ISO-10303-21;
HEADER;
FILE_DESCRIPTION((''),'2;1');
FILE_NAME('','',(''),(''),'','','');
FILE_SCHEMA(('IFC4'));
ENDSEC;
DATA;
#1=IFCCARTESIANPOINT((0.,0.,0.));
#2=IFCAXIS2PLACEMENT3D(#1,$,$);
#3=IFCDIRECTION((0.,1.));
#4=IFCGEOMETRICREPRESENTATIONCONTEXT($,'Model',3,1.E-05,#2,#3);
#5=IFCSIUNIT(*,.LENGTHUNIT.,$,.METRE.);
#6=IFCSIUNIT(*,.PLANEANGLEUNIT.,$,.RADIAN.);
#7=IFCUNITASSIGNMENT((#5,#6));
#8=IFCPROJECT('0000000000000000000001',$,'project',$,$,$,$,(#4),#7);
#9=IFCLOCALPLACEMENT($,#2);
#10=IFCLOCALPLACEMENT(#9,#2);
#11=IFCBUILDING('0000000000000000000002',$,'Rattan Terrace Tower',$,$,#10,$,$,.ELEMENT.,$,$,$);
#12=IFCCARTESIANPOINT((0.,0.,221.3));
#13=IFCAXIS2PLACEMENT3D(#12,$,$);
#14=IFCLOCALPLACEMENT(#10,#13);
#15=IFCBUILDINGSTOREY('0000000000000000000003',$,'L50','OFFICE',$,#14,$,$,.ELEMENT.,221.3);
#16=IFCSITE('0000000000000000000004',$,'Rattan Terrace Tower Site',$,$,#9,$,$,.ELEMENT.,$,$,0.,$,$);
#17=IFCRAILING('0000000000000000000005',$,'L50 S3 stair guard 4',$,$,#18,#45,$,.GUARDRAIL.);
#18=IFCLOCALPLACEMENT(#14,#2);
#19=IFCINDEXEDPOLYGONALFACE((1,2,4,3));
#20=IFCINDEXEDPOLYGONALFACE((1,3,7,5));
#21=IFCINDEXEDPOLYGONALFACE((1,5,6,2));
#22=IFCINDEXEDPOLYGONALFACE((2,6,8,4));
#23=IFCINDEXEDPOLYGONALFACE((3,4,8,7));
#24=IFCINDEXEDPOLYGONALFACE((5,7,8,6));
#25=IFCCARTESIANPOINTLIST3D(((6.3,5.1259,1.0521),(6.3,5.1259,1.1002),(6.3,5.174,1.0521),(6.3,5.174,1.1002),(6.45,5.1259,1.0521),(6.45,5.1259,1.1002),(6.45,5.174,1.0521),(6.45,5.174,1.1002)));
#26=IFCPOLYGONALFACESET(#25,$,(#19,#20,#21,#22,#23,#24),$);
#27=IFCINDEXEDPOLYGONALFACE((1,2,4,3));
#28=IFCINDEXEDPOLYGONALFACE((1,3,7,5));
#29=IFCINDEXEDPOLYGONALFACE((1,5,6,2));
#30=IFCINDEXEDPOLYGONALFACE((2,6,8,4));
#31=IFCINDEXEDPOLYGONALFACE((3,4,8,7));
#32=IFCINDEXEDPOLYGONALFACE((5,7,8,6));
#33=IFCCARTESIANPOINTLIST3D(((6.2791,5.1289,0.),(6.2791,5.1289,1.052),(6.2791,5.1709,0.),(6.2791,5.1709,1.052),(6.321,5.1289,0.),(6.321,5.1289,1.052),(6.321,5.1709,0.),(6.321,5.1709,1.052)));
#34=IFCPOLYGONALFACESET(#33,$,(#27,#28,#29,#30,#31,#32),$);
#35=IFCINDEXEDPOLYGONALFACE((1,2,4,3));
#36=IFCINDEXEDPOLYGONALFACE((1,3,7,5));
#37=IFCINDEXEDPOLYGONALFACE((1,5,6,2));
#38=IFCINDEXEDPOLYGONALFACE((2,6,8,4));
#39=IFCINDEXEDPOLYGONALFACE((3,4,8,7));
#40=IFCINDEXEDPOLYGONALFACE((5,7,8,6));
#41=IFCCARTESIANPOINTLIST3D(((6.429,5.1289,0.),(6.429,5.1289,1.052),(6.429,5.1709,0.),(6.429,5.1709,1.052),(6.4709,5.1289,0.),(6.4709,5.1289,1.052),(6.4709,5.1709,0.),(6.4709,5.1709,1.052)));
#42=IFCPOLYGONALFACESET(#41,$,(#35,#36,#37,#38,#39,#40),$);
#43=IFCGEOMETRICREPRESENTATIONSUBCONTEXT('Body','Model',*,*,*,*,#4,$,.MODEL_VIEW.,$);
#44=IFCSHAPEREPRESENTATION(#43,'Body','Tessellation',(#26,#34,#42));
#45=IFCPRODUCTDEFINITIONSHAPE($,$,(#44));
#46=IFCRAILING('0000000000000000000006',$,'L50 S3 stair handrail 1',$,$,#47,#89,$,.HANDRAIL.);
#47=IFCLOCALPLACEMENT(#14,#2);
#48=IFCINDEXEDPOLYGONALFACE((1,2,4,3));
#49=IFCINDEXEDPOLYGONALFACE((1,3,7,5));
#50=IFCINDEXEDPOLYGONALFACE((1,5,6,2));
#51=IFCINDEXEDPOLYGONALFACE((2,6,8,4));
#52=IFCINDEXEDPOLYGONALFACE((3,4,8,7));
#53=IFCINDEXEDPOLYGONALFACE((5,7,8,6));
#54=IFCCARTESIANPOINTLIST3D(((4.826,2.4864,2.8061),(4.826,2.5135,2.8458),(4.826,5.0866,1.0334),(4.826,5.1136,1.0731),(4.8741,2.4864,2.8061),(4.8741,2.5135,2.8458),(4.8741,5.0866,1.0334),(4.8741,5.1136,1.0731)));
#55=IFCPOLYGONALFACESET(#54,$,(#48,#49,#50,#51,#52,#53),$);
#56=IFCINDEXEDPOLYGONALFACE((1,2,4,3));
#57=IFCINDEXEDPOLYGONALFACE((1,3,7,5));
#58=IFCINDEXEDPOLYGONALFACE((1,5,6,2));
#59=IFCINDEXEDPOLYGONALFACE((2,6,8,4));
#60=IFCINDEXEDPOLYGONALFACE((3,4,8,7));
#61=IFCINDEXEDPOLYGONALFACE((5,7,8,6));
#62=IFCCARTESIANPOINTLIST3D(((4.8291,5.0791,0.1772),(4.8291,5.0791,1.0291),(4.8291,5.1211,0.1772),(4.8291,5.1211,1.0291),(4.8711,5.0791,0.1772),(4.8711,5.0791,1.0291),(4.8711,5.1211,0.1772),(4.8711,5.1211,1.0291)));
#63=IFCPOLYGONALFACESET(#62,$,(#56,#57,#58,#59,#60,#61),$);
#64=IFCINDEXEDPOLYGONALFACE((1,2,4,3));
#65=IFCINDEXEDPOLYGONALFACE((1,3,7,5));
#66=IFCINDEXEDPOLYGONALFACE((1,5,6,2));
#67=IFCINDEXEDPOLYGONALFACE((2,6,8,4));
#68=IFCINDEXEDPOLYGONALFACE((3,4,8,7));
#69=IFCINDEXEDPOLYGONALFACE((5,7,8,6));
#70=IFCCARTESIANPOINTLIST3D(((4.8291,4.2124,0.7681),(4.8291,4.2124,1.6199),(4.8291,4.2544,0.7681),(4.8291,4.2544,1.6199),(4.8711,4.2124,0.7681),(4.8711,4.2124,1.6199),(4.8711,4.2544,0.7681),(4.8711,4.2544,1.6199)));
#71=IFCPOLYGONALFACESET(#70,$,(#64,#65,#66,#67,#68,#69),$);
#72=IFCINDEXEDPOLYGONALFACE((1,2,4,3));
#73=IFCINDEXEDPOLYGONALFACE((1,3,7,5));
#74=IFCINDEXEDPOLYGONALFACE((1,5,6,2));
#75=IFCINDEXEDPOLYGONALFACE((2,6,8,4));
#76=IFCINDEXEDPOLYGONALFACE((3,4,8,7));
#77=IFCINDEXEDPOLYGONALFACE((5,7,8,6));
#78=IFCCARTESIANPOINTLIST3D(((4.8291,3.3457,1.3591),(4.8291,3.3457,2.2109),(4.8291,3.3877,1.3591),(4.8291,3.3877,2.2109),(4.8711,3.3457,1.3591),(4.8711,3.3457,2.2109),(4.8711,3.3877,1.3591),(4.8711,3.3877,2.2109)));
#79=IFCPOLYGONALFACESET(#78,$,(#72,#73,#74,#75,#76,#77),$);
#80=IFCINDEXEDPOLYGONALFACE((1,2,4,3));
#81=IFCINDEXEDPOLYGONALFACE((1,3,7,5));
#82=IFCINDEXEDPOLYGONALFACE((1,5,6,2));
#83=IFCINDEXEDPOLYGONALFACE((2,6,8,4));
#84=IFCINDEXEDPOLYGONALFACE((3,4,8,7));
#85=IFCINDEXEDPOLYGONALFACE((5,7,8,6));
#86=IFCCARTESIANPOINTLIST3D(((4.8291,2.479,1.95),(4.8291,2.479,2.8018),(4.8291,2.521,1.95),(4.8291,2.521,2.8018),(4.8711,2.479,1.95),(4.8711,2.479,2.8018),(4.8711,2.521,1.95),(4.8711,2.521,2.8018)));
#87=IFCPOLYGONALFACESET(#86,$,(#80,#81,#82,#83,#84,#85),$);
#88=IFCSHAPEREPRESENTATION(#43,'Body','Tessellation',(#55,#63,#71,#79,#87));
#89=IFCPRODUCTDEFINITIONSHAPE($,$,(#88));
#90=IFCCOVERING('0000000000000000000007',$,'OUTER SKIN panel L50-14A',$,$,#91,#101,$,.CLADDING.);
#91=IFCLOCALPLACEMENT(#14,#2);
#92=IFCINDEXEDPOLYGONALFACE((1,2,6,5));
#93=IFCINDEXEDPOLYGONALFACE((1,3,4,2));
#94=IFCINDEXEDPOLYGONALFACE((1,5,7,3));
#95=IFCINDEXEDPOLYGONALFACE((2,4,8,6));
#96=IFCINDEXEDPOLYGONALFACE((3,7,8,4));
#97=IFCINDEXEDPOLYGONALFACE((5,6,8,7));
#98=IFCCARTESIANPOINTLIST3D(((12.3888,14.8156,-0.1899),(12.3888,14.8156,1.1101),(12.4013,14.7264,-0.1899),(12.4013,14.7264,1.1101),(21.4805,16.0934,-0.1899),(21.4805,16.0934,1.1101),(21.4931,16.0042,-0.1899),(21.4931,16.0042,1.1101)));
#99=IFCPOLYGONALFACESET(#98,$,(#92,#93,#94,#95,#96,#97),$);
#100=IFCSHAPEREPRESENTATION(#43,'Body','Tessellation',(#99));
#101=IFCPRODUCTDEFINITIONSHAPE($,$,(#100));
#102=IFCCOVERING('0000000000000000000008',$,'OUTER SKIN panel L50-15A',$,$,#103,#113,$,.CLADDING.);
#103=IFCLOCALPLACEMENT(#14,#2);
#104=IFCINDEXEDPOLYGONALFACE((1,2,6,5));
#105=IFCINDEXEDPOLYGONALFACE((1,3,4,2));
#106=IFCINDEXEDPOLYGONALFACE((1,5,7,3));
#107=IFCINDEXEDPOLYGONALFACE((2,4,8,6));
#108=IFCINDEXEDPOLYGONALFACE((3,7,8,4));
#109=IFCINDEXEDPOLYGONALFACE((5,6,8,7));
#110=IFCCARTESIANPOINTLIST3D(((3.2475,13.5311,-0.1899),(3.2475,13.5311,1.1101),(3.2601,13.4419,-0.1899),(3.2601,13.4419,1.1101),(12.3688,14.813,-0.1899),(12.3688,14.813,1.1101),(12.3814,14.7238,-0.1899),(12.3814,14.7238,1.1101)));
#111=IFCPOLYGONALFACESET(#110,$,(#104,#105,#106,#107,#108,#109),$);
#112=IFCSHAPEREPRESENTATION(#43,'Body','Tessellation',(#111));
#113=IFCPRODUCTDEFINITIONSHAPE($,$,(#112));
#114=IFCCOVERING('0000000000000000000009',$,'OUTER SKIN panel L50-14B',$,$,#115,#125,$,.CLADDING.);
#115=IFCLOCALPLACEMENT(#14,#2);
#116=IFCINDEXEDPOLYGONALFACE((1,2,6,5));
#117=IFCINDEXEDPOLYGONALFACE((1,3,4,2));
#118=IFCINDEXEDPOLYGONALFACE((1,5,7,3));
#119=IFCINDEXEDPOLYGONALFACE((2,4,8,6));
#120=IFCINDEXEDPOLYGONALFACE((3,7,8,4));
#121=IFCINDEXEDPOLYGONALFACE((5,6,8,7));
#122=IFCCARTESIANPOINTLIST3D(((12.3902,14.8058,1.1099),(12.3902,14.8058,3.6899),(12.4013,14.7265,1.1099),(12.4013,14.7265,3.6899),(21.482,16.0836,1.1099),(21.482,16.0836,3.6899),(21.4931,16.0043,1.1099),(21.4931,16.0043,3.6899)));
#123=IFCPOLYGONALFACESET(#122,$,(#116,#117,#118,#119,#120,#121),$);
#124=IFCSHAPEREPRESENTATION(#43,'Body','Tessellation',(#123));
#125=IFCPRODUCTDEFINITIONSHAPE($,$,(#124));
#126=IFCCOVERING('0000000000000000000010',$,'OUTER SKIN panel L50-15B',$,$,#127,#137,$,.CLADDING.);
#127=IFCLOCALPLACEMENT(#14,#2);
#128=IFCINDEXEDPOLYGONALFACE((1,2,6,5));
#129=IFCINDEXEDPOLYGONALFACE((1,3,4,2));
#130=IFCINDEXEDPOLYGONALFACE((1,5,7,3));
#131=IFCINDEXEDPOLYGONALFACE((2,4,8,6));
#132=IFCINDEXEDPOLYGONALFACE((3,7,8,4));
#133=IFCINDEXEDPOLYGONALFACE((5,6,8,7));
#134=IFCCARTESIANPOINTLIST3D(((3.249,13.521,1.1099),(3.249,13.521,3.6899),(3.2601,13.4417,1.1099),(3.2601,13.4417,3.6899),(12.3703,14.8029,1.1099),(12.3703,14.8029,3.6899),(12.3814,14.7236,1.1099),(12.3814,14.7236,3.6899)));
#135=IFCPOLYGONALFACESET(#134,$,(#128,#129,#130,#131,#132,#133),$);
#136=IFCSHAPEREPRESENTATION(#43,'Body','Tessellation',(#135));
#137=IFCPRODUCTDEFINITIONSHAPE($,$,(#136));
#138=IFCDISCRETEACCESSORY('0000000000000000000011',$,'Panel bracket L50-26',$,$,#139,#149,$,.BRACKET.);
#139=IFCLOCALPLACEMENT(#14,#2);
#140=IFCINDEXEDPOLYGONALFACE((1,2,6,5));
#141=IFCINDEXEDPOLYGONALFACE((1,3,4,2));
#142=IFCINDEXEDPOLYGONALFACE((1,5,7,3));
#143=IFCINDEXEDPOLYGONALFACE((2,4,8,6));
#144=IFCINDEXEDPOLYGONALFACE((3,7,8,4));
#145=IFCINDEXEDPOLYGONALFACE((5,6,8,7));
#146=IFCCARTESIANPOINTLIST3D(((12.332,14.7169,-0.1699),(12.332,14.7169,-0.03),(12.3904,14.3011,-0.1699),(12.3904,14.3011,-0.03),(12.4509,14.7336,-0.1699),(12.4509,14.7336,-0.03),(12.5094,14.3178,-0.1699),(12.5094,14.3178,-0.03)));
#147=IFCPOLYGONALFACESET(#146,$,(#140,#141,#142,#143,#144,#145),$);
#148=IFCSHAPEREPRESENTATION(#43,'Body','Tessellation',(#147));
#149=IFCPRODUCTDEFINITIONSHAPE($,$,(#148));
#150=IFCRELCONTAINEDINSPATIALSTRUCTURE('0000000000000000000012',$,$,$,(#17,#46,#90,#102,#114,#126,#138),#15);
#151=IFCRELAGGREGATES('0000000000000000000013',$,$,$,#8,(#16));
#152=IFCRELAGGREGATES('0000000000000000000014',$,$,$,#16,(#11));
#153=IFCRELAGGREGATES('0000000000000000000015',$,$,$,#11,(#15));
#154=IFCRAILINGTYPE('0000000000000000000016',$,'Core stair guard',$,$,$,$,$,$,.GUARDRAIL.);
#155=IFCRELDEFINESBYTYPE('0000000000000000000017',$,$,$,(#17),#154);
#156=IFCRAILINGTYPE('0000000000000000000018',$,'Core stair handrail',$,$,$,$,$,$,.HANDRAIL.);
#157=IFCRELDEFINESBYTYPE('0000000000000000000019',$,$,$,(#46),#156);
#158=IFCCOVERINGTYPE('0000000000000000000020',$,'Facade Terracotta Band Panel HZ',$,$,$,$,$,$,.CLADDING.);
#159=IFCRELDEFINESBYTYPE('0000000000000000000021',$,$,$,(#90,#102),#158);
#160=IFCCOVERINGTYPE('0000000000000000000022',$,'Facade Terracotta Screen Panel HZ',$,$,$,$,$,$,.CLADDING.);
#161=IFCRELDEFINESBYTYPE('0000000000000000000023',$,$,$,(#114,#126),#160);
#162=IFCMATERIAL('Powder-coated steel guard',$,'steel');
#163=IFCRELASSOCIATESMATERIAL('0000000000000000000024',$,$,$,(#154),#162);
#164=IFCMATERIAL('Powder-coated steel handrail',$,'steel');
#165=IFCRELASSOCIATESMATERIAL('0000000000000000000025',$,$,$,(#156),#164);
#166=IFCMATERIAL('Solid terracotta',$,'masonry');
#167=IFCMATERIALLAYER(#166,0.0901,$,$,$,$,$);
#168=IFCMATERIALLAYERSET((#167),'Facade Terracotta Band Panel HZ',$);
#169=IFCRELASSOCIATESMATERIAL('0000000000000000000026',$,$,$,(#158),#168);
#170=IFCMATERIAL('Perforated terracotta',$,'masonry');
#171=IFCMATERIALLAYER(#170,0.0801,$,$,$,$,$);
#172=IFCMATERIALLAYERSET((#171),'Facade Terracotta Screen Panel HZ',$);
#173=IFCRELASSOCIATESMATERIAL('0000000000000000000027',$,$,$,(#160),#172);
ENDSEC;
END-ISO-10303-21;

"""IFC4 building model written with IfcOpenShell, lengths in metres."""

from ifc_helpers import new_model, si_unit, direction, frame, origin, origin_2d, place, context, subcontext, project, spatial, rectangle, extrude, material, layer, layer_set, type_object, element, save


model = new_model("IFC4")

# Units and contexts
model_context = context("Model", 3, precision=1e-05, world=origin(), true_north=direction((0.0, 1.0)))
body_context = subcontext(model_context, "Body", "Model", "MODEL_VIEW")
ifc_project = project(units=[si_unit("LENGTHUNIT", "METRE"), si_unit("PLANEANGLEUNIT", "RADIAN")], contexts=[model_context])

# Site, building, storey
site_placement = place(None, origin())
site = spatial("IfcSite", under=ifc_project, at=site_placement, Name="Rattan Terrace Tower Site", CompositionType="ELEMENT", RefElevation=0.0)
building_placement = place(site_placement, origin())
building = spatial("IfcBuilding", under=site, at=building_placement, Name="Rattan Terrace Tower", CompositionType="ELEMENT")
storey_placement = place(building_placement, frame((0.0, 0.0, 221.3)))
storey = spatial("IfcBuildingStorey", under=building, at=storey_placement, Name="L50", Description="OFFICE", CompositionType="ELEMENT", Elevation=221.3)

# Railings
ifc_material_1 = material(Name="Powder-coated steel guard", Category="steel")
railing_type_1 = type_object("IfcRailingType", Name="Core stair guard", PredefinedType="GUARDRAIL", material=ifc_material_1)
railing_1_placement = place(storey_placement, frame((6.3, 5.1499, 0.0)))
element("IfcRailing", 1, at=railing_1_placement, inside=storey, type_object=railing_type_1, Name="L50 S3 stair guard 4", PredefinedType="GUARDRAIL", context=body_context, shape_type="SweptSolid", body=[
    extrude(rectangle(XDim=0.0481, YDim=0.0481, at=origin_2d()), frame((0.0, 0.0, 1.0762), z_axis=(1.0, 0.0, 0.0), x_axis=(0.0, 1.0, 0.0)), (0.0, 0.0, 1.0), 0.1499),
    extrude(rectangle(XDim=0.042, YDim=0.042, at=origin_2d()), origin(), (0.0, 0.0, 1.0), 1.052),
    extrude(rectangle(XDim=0.042, YDim=0.042, at=origin_2d()), frame((0.1499, 0.0, 0.0)), (0.0, 0.0, 1.0), 1.052),
])
ifc_material_2 = material(Name="Powder-coated steel handrail", Category="steel")
railing_type_2 = type_object("IfcRailingType", Name="Core stair handrail", PredefinedType="HANDRAIL", material=ifc_material_2)
railing_2_placement = place(storey_placement, frame((4.8501, 5.1001, 0.1772)))
element("IfcRailing", 2, at=railing_2_placement, inside=storey, type_object=railing_type_2, Name="L50 S3 stair handrail 1", PredefinedType="HANDRAIL", context=body_context, shape_type="SweptSolid", body=[
    extrude(rectangle(XDim=0.0481, YDim=0.0481, at=origin_2d()), frame((0.0, 0.0, 0.876), z_axis=(0.0, -0.82624, 0.563318), x_axis=(1.0, 0.0, 0.0)), (0.0, 0.0, 1.0), 3.147),
    extrude(rectangle(XDim=0.042, YDim=0.042, at=origin_2d()), origin(), (0.0, 0.0, 1.0), 0.8518),
    extrude(rectangle(XDim=0.042, YDim=0.042, at=origin_2d()), frame((0.0, -0.8667, 0.5908)), (0.0, 0.0, 1.0), 0.8518),
    extrude(rectangle(XDim=0.042, YDim=0.042, at=origin_2d()), frame((0.0, -1.7334, 1.1819)), (0.0, 0.0, 1.0), 0.8518),
    extrude(rectangle(XDim=0.042, YDim=0.042, at=origin_2d()), frame((0.0, -2.6001, 1.7727)), (0.0, 0.0, 1.0), 0.8518),
])

# Coverings
ifc_material_3 = material(Name="Solid terracotta", Category="masonry")
ifc_layer_1 = layer(ifc_material_3, 0.0901)
ifc_layer_set_1 = layer_set([ifc_layer_1], Name="Facade Terracotta Band Panel HZ")
covering_type_1 = type_object("IfcCoveringType", Name="Facade Terracotta Band Panel HZ", PredefinedType="CLADDING", material=ifc_layer_set_1)
covering_1_placement = place(storey_placement, frame((16.9409, 15.4099, -0.1899), z_axis=(0.0, 0.0, 1.0), x_axis=(-0.990267, -0.139177, 0.0)))
element("IfcCovering", 3, at=covering_1_placement, inside=storey, type_object=covering_type_1, Name="OUTER SKIN panel L50-14A", PredefinedType="CLADDING", context=body_context, shape_type="SweptSolid", body=[
    extrude(rectangle(XDim=9.1812, YDim=0.0901, at=origin_2d()), origin(), (0.0, 0.0, 1.0), 1.3),
])
covering_2_placement = place(storey_placement, frame((7.8145, 14.1274, -0.1899), z_axis=(0.0, 0.0, 1.0), x_axis=(-0.990267, -0.139177, 0.0)))
element("IfcCovering", 4, at=covering_2_placement, inside=storey, type_object=covering_type_1, Name="OUTER SKIN panel L50-15A", PredefinedType="CLADDING", context=body_context, shape_type="SweptSolid", body=[
    extrude(rectangle(XDim=9.2109, YDim=0.0901, at=origin_2d()), origin(), (0.0, 0.0, 1.0), 1.3),
])
ifc_material_4 = material(Name="Perforated terracotta", Category="masonry")
ifc_layer_2 = layer(ifc_material_4, 0.0801)
ifc_layer_set_2 = layer_set([ifc_layer_2], Name="Facade Terracotta Screen Panel HZ")
covering_type_2 = type_object("IfcCoveringType", Name="Facade Terracotta Screen Panel HZ", PredefinedType="CLADDING", material=ifc_layer_set_2)
covering_3_placement = place(storey_placement, frame((16.9417, 15.405, 1.1099), z_axis=(0.0, 0.0, 1.0), x_axis=(-0.990267, -0.139177, 0.0)))
element("IfcCovering", 5, at=covering_3_placement, inside=storey, type_object=covering_type_2, Name="OUTER SKIN panel L50-14B", PredefinedType="CLADDING", context=body_context, shape_type="SweptSolid", body=[
    extrude(rectangle(XDim=9.1812, YDim=0.0801, at=origin_2d()), origin(), (0.0, 0.0, 1.0), 2.5801),
])
covering_4_placement = place(storey_placement, frame((7.8152, 14.1223, 1.1099), z_axis=(0.0, 0.0, 1.0), x_axis=(-0.990267, -0.139177, 0.0)))
element("IfcCovering", 6, at=covering_4_placement, inside=storey, type_object=covering_type_2, Name="OUTER SKIN panel L50-15B", PredefinedType="CLADDING", context=body_context, shape_type="SweptSolid", body=[
    extrude(rectangle(XDim=9.2109, YDim=0.0801, at=origin_2d()), origin(), (0.0, 0.0, 1.0), 2.5801),
])

# Discrete accessory
discrete_accessory_placement = place(storey_placement, frame((12.4207, 14.5173, -0.1699), z_axis=(0.0, 0.0, 1.0), x_axis=(-0.990267, -0.139177, 0.0)))
element("IfcDiscreteAccessory", 7, at=discrete_accessory_placement, inside=storey, Name="Panel bracket L50-26", PredefinedType="BRACKET", context=body_context, shape_type="SweptSolid", body=[
    extrude(rectangle(XDim=0.1201, YDim=0.4199, at=origin_2d()), origin(), (0.0, 0.0, 1.0), 0.1399),
])

save(model, "model.ifc")
